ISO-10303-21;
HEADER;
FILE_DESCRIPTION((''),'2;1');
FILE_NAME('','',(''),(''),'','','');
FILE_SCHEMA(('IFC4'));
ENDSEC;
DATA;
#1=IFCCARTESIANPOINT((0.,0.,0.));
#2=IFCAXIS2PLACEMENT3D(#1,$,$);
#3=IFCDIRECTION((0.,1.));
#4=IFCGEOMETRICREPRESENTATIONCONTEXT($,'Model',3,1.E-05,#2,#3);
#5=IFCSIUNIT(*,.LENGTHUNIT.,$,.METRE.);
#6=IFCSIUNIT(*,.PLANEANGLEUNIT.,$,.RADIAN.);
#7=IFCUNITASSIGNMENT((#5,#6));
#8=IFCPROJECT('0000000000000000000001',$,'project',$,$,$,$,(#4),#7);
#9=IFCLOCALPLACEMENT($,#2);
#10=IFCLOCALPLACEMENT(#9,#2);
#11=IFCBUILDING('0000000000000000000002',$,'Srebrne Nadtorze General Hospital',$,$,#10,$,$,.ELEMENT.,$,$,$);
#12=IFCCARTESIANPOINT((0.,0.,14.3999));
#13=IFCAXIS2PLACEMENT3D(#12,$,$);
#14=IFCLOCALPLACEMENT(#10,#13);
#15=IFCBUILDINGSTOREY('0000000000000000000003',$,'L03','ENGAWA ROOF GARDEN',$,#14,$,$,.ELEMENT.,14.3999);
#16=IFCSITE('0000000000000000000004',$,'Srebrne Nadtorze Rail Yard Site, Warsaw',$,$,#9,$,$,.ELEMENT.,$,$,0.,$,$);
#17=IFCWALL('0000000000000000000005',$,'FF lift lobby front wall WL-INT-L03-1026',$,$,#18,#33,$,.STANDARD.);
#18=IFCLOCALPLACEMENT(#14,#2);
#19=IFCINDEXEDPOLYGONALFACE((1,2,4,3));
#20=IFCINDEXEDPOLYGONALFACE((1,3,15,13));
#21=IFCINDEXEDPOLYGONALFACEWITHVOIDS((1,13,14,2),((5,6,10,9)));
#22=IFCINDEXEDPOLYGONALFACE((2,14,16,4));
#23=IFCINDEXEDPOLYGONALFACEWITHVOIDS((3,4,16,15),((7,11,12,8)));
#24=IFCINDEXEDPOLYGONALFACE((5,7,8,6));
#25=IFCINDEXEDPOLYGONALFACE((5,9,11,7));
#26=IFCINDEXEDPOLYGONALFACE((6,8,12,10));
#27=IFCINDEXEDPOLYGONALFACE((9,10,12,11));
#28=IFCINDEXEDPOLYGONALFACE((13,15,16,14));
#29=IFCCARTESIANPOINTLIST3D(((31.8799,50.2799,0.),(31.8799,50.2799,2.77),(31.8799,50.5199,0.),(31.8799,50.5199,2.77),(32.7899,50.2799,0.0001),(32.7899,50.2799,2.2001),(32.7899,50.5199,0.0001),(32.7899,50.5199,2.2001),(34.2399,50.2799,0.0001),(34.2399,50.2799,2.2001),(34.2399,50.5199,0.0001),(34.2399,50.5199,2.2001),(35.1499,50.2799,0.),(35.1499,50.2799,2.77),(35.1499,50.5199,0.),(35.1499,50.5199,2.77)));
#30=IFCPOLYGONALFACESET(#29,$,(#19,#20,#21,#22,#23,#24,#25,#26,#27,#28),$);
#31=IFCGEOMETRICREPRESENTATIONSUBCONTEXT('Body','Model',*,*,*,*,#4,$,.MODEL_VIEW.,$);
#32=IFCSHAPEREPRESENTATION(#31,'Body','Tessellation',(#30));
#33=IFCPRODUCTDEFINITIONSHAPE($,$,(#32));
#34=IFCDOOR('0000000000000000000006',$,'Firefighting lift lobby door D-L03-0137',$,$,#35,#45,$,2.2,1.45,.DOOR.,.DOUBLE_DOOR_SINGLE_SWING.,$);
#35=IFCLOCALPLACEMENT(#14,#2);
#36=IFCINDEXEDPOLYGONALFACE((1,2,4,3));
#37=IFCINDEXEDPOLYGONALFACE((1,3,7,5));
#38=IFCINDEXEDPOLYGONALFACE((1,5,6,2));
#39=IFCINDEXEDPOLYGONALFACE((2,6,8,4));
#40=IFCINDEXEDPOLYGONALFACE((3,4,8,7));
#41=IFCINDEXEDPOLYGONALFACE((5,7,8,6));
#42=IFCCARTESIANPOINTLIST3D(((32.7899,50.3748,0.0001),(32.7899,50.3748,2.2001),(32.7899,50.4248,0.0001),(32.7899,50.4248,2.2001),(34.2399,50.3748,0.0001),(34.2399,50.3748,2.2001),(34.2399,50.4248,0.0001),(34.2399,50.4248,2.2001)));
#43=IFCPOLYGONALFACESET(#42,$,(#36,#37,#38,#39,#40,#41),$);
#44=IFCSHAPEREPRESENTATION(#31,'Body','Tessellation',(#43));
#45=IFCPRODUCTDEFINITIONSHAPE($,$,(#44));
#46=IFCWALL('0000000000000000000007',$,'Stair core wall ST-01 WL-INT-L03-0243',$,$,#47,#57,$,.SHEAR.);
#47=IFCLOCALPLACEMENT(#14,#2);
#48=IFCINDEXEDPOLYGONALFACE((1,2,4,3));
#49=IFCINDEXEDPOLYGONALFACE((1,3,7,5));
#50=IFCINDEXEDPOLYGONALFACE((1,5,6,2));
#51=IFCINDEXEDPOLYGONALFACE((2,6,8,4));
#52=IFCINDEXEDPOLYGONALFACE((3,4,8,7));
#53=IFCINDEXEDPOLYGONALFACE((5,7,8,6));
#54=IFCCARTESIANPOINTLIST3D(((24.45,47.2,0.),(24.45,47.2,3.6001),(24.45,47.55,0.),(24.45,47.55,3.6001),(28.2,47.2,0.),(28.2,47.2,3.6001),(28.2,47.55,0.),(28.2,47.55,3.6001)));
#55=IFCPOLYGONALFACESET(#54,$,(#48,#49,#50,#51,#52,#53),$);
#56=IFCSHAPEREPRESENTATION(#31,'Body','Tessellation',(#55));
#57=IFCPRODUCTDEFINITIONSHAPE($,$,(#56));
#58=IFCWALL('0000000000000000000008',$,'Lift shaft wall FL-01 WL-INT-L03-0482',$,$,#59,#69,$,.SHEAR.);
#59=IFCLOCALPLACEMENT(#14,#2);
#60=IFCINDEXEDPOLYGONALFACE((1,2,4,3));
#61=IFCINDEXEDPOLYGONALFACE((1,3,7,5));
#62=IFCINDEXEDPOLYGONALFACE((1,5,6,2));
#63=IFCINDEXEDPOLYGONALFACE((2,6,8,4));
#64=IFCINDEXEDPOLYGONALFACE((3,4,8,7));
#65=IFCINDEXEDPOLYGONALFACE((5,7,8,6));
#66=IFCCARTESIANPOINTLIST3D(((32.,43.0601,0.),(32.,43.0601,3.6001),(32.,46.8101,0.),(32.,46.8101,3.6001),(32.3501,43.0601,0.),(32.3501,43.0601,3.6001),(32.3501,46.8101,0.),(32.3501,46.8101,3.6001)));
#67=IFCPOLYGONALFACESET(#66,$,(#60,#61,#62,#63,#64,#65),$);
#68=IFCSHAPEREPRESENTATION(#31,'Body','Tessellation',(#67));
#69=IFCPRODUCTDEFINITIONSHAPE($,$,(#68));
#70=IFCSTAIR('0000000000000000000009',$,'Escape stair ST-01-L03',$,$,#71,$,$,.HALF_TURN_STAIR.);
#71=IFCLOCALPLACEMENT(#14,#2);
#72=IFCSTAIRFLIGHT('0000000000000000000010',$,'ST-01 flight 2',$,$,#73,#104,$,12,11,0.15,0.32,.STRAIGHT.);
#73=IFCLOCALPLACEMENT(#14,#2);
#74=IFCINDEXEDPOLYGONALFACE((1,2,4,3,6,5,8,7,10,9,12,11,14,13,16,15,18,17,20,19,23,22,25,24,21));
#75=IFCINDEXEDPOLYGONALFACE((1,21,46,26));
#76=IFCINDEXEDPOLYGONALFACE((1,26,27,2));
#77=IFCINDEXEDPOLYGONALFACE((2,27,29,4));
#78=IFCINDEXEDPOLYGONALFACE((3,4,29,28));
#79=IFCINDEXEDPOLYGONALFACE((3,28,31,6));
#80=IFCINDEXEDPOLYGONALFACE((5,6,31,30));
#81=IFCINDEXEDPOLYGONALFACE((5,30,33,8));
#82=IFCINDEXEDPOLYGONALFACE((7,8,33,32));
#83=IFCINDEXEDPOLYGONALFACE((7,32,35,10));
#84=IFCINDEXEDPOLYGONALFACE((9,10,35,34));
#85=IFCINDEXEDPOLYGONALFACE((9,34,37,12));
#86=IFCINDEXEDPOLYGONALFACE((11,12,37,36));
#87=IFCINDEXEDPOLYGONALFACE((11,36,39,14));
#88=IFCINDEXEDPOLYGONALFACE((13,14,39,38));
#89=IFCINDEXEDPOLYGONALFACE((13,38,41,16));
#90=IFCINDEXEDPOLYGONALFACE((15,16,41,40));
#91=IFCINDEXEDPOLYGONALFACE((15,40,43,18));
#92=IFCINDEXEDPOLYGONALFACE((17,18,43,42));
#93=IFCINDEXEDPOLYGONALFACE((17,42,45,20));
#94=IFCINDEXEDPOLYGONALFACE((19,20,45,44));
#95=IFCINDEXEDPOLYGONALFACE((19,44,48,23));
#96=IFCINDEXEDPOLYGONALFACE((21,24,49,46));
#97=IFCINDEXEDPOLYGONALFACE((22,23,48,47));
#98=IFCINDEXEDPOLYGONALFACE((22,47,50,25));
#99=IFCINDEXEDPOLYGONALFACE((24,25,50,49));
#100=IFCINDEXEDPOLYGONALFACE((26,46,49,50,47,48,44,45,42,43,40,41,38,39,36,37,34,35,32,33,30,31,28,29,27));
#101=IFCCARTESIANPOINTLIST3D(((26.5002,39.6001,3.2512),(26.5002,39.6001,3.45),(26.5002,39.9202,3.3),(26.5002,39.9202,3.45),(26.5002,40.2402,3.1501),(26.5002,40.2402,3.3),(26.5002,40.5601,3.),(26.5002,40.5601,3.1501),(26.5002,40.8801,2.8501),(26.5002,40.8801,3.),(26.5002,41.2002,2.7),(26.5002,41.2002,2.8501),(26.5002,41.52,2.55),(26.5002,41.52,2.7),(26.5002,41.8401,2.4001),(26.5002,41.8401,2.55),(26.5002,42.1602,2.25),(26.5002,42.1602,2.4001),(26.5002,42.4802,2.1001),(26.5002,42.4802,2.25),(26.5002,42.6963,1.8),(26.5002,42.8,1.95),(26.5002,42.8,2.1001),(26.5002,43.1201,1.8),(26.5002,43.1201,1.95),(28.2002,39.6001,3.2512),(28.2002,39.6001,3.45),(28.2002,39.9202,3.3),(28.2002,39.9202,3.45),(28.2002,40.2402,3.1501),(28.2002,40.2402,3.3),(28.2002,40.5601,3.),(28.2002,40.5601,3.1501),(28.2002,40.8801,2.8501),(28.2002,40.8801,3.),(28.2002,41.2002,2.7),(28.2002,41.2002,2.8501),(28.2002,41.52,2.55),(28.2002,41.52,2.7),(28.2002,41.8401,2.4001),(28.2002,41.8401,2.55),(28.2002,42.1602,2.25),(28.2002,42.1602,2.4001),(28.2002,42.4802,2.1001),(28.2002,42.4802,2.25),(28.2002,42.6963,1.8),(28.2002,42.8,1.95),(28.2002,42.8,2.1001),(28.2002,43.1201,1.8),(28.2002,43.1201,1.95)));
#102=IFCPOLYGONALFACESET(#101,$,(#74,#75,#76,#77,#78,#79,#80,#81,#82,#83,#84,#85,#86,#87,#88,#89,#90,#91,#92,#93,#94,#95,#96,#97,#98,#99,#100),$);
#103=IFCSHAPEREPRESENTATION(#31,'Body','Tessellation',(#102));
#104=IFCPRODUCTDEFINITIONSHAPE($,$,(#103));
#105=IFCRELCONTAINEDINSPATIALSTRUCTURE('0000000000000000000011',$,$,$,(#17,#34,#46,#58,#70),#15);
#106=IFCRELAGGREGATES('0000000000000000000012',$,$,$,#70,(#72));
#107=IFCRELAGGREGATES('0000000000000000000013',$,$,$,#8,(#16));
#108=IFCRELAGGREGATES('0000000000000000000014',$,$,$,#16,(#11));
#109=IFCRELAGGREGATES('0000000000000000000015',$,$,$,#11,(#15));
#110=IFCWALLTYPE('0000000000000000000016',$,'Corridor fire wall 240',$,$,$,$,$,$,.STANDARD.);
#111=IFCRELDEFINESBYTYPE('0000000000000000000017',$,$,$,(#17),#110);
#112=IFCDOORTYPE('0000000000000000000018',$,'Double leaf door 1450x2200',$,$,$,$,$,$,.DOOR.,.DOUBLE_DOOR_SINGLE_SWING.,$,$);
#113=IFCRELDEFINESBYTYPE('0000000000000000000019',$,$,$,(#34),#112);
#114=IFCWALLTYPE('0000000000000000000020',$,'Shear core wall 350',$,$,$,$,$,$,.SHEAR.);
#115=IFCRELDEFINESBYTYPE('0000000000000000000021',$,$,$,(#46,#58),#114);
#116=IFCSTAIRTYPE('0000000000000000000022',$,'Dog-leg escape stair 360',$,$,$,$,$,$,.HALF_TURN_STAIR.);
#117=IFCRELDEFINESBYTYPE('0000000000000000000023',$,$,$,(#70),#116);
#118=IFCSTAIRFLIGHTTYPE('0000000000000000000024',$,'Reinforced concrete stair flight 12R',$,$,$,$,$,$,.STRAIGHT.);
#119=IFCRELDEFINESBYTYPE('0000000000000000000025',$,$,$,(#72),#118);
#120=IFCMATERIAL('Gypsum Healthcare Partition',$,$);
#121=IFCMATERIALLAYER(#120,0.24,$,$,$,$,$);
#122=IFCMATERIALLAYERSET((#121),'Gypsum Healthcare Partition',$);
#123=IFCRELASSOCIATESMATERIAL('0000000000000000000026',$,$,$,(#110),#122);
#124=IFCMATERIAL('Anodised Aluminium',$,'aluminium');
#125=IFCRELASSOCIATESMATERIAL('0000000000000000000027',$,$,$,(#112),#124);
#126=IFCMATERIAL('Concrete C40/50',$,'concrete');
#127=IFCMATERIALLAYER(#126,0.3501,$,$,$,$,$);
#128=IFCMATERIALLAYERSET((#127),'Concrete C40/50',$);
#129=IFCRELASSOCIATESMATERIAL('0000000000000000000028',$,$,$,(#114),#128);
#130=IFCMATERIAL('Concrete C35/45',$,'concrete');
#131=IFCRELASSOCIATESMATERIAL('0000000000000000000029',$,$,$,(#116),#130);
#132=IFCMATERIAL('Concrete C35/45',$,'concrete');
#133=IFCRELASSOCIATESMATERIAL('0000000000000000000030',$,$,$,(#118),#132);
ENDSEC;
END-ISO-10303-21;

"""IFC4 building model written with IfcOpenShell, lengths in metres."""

from ifc_helpers import new_model, si_unit, direction, frame, frame_2d, origin, place, context, subcontext, project, spatial, polyline, rectangle, outline, extrude, material, layer, layer_set, type_object, element, fill, aggregate, save


model = new_model("IFC4")

# Units and contexts
model_context = context("Model", 3, precision=1e-05, world=origin(), true_north=direction((0.0, 1.0)))
body_context = subcontext(model_context, "Body", "Model", "MODEL_VIEW")
ifc_project = project(units=[si_unit("LENGTHUNIT", "METRE"), si_unit("PLANEANGLEUNIT", "RADIAN")], contexts=[model_context])

# Site, building, storey
site_placement = place(None, origin())
site = spatial("IfcSite", under=ifc_project, at=site_placement, Name="Srebrne Nadtorze Rail Yard Site, Warsaw", CompositionType="ELEMENT", RefElevation=0.0)
building_placement = place(site_placement, origin())
building = spatial("IfcBuilding", under=site, at=building_placement, Name="Srebrne Nadtorze General Hospital", CompositionType="ELEMENT")
storey_placement = place(building_placement, frame((0.0, 0.0, 14.3999)))
storey = spatial("IfcBuildingStorey", under=building, at=storey_placement, Name="L03", Description="ENGAWA ROOF GARDEN", CompositionType="ELEMENT", Elevation=14.3999)

# Shared definitions
ifc_material_1 = material(Name="Gypsum Healthcare Partition")
ifc_layer_1 = layer(ifc_material_1, 0.24)
ifc_layer_set_1 = layer_set([ifc_layer_1], Name="Gypsum Healthcare Partition")
wall_type_1 = type_object("IfcWallType", Name="Corridor fire wall 240", PredefinedType="STANDARD", material=ifc_layer_set_1)

# Wall, opening, door
wall_1_placement = place(storey_placement, frame((31.8799, 50.3999, 0.0), z_axis=(0.0, 0.0, 1.0), x_axis=(1.0, 0.0, 0.0)))
wall_1 = element("IfcWall", 1, at=wall_1_placement, inside=storey, type_object=wall_type_1, Name="FF lift lobby front wall WL-INT-L03-1026", PredefinedType="STANDARD", context=body_context, shape_type="SweptSolid", body=[
    extrude(rectangle(XDim=3.27, YDim=0.24, at=frame_2d((1.635, 0.0))), origin(), (0.0, 0.0, 1.0), 2.77),
])
opening_1_placement = place(wall_1_placement, frame((0.9099, 0.0, 0.0)))
opening_1 = element("IfcOpeningElement", 2, at=opening_1_placement, cuts=wall_1, PredefinedType="OPENING", context=body_context, shape_type="SweptSolid", body=[
    extrude(rectangle(XDim=1.45, YDim=2.2, at=frame_2d((0.7251, 1.1001))), frame((0.0, 0.1318, 0.0), z_axis=(0.0, -1.0, 0.0), x_axis=(1.0, 0.0, 0.0)), (0.0, 0.0, 1.0), 0.2639),
])
ifc_material_2 = material(Name="Anodised Aluminium", Category="aluminium")
door_type_1 = type_object("IfcDoorType", Name="Double leaf door 1450x2200", OperationType="DOUBLE_DOOR_SINGLE_SWING", PredefinedType="DOOR", material=ifc_material_2)
door_1_placement = place(opening_1_placement, origin())
door_1 = element("IfcDoor", 3, at=door_1_placement, inside=storey, type_object=door_type_1, Name="Firefighting lift lobby door D-L03-0137", OperationType="DOUBLE_DOOR_SINGLE_SWING", OverallHeight=2.2, OverallWidth=1.45, PredefinedType="DOOR", context=body_context, shape_type="SweptSolid", body=[
    extrude(rectangle(XDim=1.45, YDim=2.2, at=frame_2d((0.7251, 1.1001))), frame((0.0, 0.0249, 0.0), z_axis=(0.0, -1.0, 0.0), x_axis=(1.0, 0.0, 0.0)), (0.0, 0.0, 1.0), 0.05),
])
fill(opening_1, door_1)

# Walls
ifc_material_3 = material(Name="Concrete C40/50", Category="concrete")
ifc_layer_2 = layer(ifc_material_3, 0.3501)
ifc_layer_set_2 = layer_set([ifc_layer_2], Name="Concrete C40/50")
wall_type_2 = type_object("IfcWallType", Name="Shear core wall 350", PredefinedType="SHEAR", material=ifc_layer_set_2)
for number, where, z_axis, x_axis, name in (
    (4, (24.45, 47.375, 0.0), (0.0, 0.0, 1.0), (1.0, 0.0, 0.0), "Stair core wall ST-01 WL-INT-L03-0243"),
    (5, (32.175, 43.0601, 0.0), (0.0, 0.0, 1.0), (0.0, 1.0, 0.0), "Lift shaft wall FL-01 WL-INT-L03-0482"),
):
    element("IfcWall", number, at=place(storey_placement, frame(where, z_axis=z_axis, x_axis=x_axis)), inside=storey, type_object=wall_type_2, Name=name, PredefinedType="SHEAR", context=body_context, shape_type="SweptSolid", body=[
        extrude(rectangle(XDim=3.75, YDim=0.3501, at=frame_2d((1.875, 0.0))), origin(), (0.0, 0.0, 1.0), 3.6001),
    ])

# Stair, stair flight
ifc_material_4 = material(Name="Concrete C35/45", Category="concrete")
stair_type = type_object("IfcStairType", Name="Dog-leg escape stair 360", PredefinedType="HALF_TURN_STAIR", material=ifc_material_4)
stair_placement = place(storey_placement, origin())
stair = element("IfcStair", 6, at=stair_placement, inside=storey, type_object=stair_type, Name="Escape stair ST-01-L03", PredefinedType="HALF_TURN_STAIR")
ifc_material_5 = material(Name="Concrete C35/45", Category="concrete")
stair_flight_type = type_object("IfcStairFlightType", Name="Reinforced concrete stair flight 12R", PredefinedType="STRAIGHT", material=ifc_material_5)
stair_flight_placement = place(storey_placement, frame((27.3501, 43.1201, 1.8), z_axis=(0.0, 0.0, 1.0), x_axis=(0.0, -1.0, 0.0)))
stair_flight = element("IfcStairFlight", 7, at=stair_flight_placement, type_object=stair_flight_type, Name="ST-01 flight 2", NumberOfRisers=12, NumberOfTreads=11, PredefinedType="STRAIGHT", RiserHeight=0.15, TreadLength=0.32, context=body_context, shape_type="SweptSolid", body=[
    extrude(outline(polyline([(0.0, 0.0), (0.0, 0.1499), (0.3201, 0.1499), (0.3201, 0.3), (0.6399, 0.3), (0.6399, 0.45), (0.96, 0.45), (0.96, 0.6001), (1.28, 0.6001), (1.28, 0.75), (1.6001, 0.75), (1.6001, 0.8999), (1.9199, 0.8999), (1.9199, 1.05), (2.24, 1.05), (2.24, 1.2), (2.5601, 1.2), (2.5601, 1.3501), (2.8799, 1.3501), (2.8799, 1.5), (3.2, 1.5), (3.2, 1.6499), (3.52, 1.6499), (3.52, 1.8), (3.52, 1.4512), (0.4238, 0.0), (0.0, 0.0)])), frame((0.0, 0.8501, 0.0), z_axis=(0.0, -1.0, 0.0), x_axis=(1.0, 0.0, 0.0)), (0.0, 0.0, 1.0), 1.7),
])
aggregate(stair, [stair_flight])

save(model, "model.ifc")
